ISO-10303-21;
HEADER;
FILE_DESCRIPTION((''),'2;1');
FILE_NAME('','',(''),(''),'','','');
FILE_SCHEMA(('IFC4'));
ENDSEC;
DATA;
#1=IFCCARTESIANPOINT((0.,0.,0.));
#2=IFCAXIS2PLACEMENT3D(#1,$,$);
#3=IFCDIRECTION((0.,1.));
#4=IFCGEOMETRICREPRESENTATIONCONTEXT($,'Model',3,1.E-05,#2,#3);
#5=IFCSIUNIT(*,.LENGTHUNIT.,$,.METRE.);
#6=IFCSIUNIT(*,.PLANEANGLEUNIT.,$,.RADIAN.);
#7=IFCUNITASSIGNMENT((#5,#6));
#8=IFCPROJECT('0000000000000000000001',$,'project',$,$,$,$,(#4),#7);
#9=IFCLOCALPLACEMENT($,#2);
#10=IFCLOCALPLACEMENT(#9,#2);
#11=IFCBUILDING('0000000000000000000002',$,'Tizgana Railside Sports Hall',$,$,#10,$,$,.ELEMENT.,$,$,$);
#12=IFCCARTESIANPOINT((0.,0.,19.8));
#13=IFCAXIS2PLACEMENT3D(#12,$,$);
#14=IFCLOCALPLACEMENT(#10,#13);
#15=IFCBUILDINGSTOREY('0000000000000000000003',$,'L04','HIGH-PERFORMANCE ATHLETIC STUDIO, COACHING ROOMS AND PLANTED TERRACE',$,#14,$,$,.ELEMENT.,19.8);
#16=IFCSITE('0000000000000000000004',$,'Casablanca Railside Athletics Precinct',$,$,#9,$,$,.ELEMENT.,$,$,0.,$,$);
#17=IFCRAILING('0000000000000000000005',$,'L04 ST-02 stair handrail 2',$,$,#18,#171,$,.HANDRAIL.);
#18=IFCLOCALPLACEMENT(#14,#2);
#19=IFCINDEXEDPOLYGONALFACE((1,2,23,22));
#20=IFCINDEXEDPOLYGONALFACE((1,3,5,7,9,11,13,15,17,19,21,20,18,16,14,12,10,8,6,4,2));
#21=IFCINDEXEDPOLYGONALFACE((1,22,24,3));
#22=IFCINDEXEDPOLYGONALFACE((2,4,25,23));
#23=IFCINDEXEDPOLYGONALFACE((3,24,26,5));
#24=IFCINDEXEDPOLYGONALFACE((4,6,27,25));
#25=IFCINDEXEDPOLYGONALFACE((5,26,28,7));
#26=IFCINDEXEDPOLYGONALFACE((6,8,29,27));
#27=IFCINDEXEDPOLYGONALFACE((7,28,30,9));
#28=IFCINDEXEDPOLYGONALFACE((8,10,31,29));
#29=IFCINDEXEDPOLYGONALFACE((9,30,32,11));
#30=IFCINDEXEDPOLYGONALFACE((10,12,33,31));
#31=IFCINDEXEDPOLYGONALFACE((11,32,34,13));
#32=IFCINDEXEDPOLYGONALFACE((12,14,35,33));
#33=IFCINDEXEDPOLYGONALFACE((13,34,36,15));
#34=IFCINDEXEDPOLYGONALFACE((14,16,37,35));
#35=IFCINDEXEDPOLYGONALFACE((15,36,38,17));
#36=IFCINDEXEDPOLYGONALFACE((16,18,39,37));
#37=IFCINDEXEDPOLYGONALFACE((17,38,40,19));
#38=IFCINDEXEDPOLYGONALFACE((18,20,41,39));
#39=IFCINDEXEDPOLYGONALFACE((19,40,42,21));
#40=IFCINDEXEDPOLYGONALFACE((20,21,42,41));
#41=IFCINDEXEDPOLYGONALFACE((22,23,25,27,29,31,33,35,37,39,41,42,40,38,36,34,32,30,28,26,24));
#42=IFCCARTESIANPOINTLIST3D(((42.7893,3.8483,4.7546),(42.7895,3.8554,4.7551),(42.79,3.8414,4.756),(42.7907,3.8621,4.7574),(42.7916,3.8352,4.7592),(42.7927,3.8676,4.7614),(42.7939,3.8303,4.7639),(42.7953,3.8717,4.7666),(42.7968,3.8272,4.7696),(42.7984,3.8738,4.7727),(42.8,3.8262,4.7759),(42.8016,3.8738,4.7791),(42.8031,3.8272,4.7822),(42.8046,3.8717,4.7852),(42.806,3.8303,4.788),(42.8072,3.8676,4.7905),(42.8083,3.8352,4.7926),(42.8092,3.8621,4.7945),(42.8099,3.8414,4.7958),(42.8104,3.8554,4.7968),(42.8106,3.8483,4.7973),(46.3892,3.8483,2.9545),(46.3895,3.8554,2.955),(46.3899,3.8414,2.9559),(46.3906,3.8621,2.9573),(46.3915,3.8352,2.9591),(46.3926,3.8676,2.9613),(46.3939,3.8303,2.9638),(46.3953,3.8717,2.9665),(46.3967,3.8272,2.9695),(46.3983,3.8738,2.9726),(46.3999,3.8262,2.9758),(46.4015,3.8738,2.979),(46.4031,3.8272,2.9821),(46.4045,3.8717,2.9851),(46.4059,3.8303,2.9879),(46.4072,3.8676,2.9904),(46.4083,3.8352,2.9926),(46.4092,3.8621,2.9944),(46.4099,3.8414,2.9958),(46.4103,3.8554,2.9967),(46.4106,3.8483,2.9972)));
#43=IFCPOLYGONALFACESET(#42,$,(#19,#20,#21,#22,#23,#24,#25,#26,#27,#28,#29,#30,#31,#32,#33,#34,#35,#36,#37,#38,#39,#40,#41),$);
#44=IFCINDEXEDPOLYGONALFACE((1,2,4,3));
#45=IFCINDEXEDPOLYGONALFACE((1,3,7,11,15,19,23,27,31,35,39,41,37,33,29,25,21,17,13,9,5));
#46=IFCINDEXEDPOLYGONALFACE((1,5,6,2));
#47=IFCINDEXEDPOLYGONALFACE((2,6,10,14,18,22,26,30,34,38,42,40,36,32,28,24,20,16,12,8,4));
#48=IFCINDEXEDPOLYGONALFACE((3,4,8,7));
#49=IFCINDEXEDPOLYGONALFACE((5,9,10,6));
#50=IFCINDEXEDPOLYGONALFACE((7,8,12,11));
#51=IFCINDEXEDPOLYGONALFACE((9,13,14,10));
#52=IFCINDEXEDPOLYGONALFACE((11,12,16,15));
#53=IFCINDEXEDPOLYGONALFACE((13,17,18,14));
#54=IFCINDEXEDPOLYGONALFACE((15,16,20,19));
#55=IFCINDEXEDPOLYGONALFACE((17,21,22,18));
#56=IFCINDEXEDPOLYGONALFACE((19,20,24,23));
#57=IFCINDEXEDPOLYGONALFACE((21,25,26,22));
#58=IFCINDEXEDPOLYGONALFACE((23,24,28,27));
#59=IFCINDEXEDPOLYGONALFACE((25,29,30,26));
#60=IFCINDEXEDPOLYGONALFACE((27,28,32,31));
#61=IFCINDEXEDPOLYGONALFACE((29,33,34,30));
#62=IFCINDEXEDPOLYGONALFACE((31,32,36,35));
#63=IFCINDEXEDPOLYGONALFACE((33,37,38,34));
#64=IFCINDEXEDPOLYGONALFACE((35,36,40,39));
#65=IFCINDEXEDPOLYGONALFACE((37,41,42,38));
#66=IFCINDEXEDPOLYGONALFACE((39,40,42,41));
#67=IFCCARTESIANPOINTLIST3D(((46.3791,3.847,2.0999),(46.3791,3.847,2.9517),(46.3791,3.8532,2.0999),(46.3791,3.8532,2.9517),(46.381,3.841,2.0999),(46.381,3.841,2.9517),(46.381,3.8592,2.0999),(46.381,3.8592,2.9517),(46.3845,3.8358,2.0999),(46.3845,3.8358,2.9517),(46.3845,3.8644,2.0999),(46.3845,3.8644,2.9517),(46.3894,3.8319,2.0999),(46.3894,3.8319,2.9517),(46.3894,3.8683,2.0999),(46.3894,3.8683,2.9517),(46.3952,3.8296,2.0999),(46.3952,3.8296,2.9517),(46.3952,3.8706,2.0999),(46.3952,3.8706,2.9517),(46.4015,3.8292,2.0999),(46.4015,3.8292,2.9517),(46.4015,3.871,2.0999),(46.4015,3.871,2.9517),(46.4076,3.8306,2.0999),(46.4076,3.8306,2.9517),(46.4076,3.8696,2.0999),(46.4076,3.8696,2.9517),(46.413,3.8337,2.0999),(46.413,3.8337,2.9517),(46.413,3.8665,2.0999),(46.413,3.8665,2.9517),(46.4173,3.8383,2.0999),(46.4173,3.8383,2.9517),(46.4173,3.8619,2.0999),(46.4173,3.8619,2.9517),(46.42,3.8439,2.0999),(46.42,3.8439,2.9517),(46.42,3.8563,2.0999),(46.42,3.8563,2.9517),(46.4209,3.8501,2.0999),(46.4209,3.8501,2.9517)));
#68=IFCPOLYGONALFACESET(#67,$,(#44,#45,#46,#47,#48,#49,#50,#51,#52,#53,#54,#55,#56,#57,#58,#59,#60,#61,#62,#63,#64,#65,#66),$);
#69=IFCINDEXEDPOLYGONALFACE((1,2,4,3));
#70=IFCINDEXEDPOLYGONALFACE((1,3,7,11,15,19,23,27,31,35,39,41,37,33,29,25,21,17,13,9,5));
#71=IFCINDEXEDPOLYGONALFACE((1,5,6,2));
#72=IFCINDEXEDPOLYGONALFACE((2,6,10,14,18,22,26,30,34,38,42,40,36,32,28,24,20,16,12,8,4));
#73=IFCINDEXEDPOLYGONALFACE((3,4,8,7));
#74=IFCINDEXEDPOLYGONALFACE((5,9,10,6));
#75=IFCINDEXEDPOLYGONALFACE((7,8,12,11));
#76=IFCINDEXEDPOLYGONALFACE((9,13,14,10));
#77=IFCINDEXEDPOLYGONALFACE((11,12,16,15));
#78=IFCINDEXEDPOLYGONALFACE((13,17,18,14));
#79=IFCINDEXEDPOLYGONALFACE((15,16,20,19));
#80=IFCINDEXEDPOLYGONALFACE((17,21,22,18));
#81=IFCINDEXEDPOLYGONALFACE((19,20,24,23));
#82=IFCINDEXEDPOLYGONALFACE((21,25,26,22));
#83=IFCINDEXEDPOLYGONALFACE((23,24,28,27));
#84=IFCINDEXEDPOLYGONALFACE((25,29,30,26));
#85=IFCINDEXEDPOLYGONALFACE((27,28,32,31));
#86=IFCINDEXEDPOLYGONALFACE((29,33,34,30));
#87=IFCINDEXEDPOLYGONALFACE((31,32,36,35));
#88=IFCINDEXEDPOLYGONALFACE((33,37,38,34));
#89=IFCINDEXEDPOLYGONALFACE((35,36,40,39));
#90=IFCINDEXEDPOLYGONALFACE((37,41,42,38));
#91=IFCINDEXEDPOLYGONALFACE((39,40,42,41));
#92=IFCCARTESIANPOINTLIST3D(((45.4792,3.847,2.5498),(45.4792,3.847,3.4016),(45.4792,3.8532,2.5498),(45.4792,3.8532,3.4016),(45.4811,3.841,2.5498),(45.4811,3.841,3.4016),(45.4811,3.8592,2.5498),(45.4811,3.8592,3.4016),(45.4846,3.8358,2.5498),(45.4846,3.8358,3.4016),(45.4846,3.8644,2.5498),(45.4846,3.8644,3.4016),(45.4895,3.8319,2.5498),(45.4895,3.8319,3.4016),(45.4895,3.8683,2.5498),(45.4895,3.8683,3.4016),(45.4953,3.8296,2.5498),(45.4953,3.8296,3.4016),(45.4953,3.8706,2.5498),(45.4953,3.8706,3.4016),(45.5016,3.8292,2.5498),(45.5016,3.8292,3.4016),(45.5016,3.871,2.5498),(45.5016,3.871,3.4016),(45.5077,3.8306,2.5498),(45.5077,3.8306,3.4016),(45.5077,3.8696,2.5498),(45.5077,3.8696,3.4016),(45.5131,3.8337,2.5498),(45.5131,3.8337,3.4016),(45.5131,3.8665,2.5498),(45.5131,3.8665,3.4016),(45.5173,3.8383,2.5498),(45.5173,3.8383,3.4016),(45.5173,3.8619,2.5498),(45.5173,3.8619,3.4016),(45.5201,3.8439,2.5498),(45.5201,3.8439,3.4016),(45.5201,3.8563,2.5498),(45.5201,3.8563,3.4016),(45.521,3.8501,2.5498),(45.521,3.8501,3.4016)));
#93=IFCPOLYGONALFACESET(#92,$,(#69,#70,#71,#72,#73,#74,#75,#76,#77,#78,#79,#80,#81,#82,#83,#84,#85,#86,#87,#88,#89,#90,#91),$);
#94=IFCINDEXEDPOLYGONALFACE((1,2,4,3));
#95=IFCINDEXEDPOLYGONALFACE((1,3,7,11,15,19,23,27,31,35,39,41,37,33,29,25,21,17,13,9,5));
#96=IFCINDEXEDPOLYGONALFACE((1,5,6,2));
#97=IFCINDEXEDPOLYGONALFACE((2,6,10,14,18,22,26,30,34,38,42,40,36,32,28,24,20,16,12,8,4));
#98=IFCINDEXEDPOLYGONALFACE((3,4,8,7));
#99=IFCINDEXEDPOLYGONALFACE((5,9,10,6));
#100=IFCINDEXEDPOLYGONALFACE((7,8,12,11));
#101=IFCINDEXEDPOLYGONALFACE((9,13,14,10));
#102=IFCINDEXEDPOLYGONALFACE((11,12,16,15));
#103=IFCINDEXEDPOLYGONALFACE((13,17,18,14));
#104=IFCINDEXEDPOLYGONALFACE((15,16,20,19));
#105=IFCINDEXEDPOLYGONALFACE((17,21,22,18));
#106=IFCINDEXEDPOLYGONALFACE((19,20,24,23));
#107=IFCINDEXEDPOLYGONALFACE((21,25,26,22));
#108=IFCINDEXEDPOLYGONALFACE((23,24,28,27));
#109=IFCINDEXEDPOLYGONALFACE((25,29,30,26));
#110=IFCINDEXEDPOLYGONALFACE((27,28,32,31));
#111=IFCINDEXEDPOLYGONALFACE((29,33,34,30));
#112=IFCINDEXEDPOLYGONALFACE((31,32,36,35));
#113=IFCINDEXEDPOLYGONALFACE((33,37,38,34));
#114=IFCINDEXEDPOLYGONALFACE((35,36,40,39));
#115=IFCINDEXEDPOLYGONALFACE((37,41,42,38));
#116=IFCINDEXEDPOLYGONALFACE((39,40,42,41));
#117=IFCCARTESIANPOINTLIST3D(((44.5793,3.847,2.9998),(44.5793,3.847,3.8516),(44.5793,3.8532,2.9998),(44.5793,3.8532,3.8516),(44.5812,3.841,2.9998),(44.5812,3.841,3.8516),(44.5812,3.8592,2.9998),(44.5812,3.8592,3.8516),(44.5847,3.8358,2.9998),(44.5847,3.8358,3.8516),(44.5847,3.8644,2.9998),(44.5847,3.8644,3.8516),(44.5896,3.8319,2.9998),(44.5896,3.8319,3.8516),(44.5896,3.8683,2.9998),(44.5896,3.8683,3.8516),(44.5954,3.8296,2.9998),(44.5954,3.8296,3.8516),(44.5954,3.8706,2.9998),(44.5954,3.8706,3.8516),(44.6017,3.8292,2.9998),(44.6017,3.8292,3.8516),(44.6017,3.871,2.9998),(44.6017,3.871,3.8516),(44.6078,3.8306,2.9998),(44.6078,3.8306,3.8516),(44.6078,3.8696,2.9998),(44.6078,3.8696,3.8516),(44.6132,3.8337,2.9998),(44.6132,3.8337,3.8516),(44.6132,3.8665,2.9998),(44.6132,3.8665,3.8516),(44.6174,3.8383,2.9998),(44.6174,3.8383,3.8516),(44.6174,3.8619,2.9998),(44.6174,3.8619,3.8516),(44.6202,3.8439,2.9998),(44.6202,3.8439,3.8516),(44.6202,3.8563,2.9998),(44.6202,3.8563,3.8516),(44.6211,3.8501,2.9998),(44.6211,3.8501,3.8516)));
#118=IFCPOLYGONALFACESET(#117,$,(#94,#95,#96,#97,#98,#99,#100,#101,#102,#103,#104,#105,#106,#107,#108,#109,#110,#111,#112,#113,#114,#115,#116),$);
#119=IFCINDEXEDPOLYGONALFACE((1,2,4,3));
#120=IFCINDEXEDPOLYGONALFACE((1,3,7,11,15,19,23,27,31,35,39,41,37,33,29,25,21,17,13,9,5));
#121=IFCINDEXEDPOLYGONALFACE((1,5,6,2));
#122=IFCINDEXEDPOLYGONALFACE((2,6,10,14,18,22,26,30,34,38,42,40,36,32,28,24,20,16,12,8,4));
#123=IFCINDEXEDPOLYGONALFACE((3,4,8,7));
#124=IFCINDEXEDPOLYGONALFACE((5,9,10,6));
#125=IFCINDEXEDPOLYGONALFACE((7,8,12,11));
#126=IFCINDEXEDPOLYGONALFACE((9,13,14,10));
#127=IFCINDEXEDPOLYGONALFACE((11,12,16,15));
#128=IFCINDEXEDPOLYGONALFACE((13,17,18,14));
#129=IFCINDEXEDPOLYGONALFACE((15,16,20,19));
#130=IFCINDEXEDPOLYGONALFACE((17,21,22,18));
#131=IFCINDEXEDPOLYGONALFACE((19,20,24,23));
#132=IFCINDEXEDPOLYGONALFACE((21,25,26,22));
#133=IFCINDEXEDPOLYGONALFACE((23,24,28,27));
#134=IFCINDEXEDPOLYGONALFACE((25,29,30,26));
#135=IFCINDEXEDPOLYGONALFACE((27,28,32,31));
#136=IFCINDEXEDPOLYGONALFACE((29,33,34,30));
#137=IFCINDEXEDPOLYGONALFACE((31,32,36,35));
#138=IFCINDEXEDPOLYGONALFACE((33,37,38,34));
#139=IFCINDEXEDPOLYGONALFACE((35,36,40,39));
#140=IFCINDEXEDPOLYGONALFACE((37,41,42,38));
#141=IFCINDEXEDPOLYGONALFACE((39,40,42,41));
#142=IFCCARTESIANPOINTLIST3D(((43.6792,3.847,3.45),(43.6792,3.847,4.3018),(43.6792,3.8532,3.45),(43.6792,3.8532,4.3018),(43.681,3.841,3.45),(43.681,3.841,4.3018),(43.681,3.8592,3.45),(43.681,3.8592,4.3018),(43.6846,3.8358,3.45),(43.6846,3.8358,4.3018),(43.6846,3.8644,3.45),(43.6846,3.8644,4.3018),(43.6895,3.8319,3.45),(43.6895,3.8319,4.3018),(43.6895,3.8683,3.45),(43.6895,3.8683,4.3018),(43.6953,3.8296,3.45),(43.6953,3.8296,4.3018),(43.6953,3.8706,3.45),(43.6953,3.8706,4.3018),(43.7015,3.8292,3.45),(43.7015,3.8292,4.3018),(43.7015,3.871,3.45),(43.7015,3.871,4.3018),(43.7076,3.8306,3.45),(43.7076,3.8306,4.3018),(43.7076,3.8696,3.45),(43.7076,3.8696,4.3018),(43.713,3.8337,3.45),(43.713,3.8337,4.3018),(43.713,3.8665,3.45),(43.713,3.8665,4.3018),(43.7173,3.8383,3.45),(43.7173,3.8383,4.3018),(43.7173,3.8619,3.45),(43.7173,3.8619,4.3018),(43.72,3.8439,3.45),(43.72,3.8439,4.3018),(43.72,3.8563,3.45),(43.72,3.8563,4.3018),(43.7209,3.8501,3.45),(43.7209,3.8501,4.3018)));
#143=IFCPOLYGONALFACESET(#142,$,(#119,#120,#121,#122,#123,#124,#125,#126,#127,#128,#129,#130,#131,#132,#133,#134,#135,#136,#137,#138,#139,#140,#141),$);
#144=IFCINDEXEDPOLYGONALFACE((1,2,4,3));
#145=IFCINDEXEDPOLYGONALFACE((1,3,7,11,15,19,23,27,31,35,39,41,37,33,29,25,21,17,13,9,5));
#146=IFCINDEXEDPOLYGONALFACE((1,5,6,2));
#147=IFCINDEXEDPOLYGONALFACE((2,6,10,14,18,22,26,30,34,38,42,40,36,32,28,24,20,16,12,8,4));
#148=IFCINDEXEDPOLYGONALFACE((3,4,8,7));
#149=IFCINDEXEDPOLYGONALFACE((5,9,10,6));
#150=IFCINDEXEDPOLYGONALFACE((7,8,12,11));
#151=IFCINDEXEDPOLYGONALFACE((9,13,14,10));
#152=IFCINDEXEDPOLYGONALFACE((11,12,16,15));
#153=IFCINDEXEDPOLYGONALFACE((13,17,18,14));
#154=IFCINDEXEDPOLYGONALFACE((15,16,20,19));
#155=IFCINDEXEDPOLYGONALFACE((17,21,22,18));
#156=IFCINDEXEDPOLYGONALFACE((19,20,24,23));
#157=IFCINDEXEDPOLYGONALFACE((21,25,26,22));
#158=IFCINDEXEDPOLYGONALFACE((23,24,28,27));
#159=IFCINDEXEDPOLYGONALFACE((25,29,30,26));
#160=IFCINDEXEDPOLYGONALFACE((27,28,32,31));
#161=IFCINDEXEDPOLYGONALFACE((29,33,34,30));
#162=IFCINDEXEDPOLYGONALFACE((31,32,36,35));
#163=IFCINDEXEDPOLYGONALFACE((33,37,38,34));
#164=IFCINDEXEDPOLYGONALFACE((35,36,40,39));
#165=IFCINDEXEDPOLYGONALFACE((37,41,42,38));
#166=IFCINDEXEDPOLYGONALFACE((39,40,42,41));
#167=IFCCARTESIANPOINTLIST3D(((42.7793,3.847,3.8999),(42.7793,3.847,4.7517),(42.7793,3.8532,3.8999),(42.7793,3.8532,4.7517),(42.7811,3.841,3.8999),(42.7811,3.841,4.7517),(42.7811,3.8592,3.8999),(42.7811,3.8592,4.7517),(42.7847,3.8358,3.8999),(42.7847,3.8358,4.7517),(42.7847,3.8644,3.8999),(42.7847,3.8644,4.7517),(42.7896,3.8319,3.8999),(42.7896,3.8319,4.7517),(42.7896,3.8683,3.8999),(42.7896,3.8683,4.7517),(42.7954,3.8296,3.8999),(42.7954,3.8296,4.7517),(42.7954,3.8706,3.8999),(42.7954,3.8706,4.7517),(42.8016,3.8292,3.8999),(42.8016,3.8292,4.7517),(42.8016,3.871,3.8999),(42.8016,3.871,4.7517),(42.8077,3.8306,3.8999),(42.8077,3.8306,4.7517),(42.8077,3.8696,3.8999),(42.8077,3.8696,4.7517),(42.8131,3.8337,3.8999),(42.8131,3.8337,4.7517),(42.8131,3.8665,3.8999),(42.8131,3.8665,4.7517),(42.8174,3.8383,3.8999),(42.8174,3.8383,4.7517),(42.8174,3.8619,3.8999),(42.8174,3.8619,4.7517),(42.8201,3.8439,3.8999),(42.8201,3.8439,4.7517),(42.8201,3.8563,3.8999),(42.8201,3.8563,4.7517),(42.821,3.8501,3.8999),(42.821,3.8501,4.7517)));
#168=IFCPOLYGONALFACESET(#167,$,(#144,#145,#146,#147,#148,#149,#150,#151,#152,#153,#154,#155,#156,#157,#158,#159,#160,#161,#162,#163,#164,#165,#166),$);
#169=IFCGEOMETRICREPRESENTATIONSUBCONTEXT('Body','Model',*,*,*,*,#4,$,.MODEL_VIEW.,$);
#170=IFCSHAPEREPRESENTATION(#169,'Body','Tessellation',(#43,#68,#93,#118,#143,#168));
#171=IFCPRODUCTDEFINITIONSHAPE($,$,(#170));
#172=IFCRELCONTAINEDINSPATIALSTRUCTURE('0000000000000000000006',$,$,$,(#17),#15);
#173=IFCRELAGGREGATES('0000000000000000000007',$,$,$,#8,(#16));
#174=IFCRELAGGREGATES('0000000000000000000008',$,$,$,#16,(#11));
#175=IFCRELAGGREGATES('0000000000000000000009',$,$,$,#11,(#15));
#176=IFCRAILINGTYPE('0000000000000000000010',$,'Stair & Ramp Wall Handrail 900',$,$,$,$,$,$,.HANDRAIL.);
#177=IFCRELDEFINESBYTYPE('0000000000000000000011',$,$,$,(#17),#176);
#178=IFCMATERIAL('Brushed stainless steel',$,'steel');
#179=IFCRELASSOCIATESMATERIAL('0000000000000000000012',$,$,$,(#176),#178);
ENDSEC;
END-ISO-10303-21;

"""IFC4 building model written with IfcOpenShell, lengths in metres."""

from ifc_helpers import new_model, si_unit, direction, frame, origin, origin_2d, place, context, subcontext, project, spatial, circle, extrude, material, type_object, element, save


model = new_model("IFC4")

# Units and contexts
model_context = context("Model", 3, precision=1e-05, world=origin(), true_north=direction((0.0, 1.0)))
body_context = subcontext(model_context, "Body", "Model", "MODEL_VIEW")
ifc_project = project(units=[si_unit("LENGTHUNIT", "METRE"), si_unit("PLANEANGLEUNIT", "RADIAN")], contexts=[model_context])

# Site, building, storey
site_placement = place(None, origin())
site = spatial("IfcSite", under=ifc_project, at=site_placement, Name="Casablanca Railside Athletics Precinct", CompositionType="ELEMENT", RefElevation=0.0)
building_placement = place(site_placement, origin())
building = spatial("IfcBuilding", under=site, at=building_placement, Name="Tizgana Railside Sports Hall", CompositionType="ELEMENT")
storey_placement = place(building_placement, frame((0.0, 0.0, 19.8)))
storey = spatial("IfcBuildingStorey", under=building, at=storey_placement, Name="L04", Description="HIGH-PERFORMANCE ATHLETIC STUDIO, COACHING ROOMS AND PLANTED TERRACE", CompositionType="ELEMENT", Elevation=19.8)

# Shared definitions
ifc_material_1 = material(Name="Brushed stainless steel", Category="steel")

# Railing
railing_type_1 = type_object("IfcRailingType", Name="Stair & Ramp Wall Handrail 900", PredefinedType="HANDRAIL", material=ifc_material_1)
railing_1_placement = place(storey_placement, frame((46.3999, 3.8501, 2.0999)))
element("IfcRailing", 1, at=railing_1_placement, inside=storey, type_object=railing_type_1, Name="L04 ST-02 stair handrail 2", PredefinedType="HANDRAIL", context=body_context, shape_type="SweptSolid", body=[
    extrude(circle(Radius=0.0239, at=origin_2d()), frame((0.0, 0.0, 0.876), z_axis=(-0.894415, 0.0, 0.447238), x_axis=(0.0, -1.0, 0.0)), (0.0, 0.0, 1.0), 4.0249),
    extrude(circle(Radius=0.021, at=origin_2d()), origin(), (0.0, 0.0, 1.0), 0.8518),
    extrude(circle(Radius=0.021, at=origin_2d()), frame((-0.8999, 0.0, 0.45)), (0.0, 0.0, 1.0), 0.8518),
    extrude(circle(Radius=0.021, at=origin_2d()), frame((-1.7998, 0.0, 0.8999)), (0.0, 0.0, 1.0), 0.8518),
    extrude(circle(Radius=0.021, at=origin_2d()), frame((-2.7, 0.0, 1.3501)), (0.0, 0.0, 1.0), 0.8518),
    extrude(circle(Radius=0.021, at=origin_2d()), frame((-3.5999, 0.0, 1.8)), (0.0, 0.0, 1.0), 0.8518),
])

save(model, "model.ifc")
